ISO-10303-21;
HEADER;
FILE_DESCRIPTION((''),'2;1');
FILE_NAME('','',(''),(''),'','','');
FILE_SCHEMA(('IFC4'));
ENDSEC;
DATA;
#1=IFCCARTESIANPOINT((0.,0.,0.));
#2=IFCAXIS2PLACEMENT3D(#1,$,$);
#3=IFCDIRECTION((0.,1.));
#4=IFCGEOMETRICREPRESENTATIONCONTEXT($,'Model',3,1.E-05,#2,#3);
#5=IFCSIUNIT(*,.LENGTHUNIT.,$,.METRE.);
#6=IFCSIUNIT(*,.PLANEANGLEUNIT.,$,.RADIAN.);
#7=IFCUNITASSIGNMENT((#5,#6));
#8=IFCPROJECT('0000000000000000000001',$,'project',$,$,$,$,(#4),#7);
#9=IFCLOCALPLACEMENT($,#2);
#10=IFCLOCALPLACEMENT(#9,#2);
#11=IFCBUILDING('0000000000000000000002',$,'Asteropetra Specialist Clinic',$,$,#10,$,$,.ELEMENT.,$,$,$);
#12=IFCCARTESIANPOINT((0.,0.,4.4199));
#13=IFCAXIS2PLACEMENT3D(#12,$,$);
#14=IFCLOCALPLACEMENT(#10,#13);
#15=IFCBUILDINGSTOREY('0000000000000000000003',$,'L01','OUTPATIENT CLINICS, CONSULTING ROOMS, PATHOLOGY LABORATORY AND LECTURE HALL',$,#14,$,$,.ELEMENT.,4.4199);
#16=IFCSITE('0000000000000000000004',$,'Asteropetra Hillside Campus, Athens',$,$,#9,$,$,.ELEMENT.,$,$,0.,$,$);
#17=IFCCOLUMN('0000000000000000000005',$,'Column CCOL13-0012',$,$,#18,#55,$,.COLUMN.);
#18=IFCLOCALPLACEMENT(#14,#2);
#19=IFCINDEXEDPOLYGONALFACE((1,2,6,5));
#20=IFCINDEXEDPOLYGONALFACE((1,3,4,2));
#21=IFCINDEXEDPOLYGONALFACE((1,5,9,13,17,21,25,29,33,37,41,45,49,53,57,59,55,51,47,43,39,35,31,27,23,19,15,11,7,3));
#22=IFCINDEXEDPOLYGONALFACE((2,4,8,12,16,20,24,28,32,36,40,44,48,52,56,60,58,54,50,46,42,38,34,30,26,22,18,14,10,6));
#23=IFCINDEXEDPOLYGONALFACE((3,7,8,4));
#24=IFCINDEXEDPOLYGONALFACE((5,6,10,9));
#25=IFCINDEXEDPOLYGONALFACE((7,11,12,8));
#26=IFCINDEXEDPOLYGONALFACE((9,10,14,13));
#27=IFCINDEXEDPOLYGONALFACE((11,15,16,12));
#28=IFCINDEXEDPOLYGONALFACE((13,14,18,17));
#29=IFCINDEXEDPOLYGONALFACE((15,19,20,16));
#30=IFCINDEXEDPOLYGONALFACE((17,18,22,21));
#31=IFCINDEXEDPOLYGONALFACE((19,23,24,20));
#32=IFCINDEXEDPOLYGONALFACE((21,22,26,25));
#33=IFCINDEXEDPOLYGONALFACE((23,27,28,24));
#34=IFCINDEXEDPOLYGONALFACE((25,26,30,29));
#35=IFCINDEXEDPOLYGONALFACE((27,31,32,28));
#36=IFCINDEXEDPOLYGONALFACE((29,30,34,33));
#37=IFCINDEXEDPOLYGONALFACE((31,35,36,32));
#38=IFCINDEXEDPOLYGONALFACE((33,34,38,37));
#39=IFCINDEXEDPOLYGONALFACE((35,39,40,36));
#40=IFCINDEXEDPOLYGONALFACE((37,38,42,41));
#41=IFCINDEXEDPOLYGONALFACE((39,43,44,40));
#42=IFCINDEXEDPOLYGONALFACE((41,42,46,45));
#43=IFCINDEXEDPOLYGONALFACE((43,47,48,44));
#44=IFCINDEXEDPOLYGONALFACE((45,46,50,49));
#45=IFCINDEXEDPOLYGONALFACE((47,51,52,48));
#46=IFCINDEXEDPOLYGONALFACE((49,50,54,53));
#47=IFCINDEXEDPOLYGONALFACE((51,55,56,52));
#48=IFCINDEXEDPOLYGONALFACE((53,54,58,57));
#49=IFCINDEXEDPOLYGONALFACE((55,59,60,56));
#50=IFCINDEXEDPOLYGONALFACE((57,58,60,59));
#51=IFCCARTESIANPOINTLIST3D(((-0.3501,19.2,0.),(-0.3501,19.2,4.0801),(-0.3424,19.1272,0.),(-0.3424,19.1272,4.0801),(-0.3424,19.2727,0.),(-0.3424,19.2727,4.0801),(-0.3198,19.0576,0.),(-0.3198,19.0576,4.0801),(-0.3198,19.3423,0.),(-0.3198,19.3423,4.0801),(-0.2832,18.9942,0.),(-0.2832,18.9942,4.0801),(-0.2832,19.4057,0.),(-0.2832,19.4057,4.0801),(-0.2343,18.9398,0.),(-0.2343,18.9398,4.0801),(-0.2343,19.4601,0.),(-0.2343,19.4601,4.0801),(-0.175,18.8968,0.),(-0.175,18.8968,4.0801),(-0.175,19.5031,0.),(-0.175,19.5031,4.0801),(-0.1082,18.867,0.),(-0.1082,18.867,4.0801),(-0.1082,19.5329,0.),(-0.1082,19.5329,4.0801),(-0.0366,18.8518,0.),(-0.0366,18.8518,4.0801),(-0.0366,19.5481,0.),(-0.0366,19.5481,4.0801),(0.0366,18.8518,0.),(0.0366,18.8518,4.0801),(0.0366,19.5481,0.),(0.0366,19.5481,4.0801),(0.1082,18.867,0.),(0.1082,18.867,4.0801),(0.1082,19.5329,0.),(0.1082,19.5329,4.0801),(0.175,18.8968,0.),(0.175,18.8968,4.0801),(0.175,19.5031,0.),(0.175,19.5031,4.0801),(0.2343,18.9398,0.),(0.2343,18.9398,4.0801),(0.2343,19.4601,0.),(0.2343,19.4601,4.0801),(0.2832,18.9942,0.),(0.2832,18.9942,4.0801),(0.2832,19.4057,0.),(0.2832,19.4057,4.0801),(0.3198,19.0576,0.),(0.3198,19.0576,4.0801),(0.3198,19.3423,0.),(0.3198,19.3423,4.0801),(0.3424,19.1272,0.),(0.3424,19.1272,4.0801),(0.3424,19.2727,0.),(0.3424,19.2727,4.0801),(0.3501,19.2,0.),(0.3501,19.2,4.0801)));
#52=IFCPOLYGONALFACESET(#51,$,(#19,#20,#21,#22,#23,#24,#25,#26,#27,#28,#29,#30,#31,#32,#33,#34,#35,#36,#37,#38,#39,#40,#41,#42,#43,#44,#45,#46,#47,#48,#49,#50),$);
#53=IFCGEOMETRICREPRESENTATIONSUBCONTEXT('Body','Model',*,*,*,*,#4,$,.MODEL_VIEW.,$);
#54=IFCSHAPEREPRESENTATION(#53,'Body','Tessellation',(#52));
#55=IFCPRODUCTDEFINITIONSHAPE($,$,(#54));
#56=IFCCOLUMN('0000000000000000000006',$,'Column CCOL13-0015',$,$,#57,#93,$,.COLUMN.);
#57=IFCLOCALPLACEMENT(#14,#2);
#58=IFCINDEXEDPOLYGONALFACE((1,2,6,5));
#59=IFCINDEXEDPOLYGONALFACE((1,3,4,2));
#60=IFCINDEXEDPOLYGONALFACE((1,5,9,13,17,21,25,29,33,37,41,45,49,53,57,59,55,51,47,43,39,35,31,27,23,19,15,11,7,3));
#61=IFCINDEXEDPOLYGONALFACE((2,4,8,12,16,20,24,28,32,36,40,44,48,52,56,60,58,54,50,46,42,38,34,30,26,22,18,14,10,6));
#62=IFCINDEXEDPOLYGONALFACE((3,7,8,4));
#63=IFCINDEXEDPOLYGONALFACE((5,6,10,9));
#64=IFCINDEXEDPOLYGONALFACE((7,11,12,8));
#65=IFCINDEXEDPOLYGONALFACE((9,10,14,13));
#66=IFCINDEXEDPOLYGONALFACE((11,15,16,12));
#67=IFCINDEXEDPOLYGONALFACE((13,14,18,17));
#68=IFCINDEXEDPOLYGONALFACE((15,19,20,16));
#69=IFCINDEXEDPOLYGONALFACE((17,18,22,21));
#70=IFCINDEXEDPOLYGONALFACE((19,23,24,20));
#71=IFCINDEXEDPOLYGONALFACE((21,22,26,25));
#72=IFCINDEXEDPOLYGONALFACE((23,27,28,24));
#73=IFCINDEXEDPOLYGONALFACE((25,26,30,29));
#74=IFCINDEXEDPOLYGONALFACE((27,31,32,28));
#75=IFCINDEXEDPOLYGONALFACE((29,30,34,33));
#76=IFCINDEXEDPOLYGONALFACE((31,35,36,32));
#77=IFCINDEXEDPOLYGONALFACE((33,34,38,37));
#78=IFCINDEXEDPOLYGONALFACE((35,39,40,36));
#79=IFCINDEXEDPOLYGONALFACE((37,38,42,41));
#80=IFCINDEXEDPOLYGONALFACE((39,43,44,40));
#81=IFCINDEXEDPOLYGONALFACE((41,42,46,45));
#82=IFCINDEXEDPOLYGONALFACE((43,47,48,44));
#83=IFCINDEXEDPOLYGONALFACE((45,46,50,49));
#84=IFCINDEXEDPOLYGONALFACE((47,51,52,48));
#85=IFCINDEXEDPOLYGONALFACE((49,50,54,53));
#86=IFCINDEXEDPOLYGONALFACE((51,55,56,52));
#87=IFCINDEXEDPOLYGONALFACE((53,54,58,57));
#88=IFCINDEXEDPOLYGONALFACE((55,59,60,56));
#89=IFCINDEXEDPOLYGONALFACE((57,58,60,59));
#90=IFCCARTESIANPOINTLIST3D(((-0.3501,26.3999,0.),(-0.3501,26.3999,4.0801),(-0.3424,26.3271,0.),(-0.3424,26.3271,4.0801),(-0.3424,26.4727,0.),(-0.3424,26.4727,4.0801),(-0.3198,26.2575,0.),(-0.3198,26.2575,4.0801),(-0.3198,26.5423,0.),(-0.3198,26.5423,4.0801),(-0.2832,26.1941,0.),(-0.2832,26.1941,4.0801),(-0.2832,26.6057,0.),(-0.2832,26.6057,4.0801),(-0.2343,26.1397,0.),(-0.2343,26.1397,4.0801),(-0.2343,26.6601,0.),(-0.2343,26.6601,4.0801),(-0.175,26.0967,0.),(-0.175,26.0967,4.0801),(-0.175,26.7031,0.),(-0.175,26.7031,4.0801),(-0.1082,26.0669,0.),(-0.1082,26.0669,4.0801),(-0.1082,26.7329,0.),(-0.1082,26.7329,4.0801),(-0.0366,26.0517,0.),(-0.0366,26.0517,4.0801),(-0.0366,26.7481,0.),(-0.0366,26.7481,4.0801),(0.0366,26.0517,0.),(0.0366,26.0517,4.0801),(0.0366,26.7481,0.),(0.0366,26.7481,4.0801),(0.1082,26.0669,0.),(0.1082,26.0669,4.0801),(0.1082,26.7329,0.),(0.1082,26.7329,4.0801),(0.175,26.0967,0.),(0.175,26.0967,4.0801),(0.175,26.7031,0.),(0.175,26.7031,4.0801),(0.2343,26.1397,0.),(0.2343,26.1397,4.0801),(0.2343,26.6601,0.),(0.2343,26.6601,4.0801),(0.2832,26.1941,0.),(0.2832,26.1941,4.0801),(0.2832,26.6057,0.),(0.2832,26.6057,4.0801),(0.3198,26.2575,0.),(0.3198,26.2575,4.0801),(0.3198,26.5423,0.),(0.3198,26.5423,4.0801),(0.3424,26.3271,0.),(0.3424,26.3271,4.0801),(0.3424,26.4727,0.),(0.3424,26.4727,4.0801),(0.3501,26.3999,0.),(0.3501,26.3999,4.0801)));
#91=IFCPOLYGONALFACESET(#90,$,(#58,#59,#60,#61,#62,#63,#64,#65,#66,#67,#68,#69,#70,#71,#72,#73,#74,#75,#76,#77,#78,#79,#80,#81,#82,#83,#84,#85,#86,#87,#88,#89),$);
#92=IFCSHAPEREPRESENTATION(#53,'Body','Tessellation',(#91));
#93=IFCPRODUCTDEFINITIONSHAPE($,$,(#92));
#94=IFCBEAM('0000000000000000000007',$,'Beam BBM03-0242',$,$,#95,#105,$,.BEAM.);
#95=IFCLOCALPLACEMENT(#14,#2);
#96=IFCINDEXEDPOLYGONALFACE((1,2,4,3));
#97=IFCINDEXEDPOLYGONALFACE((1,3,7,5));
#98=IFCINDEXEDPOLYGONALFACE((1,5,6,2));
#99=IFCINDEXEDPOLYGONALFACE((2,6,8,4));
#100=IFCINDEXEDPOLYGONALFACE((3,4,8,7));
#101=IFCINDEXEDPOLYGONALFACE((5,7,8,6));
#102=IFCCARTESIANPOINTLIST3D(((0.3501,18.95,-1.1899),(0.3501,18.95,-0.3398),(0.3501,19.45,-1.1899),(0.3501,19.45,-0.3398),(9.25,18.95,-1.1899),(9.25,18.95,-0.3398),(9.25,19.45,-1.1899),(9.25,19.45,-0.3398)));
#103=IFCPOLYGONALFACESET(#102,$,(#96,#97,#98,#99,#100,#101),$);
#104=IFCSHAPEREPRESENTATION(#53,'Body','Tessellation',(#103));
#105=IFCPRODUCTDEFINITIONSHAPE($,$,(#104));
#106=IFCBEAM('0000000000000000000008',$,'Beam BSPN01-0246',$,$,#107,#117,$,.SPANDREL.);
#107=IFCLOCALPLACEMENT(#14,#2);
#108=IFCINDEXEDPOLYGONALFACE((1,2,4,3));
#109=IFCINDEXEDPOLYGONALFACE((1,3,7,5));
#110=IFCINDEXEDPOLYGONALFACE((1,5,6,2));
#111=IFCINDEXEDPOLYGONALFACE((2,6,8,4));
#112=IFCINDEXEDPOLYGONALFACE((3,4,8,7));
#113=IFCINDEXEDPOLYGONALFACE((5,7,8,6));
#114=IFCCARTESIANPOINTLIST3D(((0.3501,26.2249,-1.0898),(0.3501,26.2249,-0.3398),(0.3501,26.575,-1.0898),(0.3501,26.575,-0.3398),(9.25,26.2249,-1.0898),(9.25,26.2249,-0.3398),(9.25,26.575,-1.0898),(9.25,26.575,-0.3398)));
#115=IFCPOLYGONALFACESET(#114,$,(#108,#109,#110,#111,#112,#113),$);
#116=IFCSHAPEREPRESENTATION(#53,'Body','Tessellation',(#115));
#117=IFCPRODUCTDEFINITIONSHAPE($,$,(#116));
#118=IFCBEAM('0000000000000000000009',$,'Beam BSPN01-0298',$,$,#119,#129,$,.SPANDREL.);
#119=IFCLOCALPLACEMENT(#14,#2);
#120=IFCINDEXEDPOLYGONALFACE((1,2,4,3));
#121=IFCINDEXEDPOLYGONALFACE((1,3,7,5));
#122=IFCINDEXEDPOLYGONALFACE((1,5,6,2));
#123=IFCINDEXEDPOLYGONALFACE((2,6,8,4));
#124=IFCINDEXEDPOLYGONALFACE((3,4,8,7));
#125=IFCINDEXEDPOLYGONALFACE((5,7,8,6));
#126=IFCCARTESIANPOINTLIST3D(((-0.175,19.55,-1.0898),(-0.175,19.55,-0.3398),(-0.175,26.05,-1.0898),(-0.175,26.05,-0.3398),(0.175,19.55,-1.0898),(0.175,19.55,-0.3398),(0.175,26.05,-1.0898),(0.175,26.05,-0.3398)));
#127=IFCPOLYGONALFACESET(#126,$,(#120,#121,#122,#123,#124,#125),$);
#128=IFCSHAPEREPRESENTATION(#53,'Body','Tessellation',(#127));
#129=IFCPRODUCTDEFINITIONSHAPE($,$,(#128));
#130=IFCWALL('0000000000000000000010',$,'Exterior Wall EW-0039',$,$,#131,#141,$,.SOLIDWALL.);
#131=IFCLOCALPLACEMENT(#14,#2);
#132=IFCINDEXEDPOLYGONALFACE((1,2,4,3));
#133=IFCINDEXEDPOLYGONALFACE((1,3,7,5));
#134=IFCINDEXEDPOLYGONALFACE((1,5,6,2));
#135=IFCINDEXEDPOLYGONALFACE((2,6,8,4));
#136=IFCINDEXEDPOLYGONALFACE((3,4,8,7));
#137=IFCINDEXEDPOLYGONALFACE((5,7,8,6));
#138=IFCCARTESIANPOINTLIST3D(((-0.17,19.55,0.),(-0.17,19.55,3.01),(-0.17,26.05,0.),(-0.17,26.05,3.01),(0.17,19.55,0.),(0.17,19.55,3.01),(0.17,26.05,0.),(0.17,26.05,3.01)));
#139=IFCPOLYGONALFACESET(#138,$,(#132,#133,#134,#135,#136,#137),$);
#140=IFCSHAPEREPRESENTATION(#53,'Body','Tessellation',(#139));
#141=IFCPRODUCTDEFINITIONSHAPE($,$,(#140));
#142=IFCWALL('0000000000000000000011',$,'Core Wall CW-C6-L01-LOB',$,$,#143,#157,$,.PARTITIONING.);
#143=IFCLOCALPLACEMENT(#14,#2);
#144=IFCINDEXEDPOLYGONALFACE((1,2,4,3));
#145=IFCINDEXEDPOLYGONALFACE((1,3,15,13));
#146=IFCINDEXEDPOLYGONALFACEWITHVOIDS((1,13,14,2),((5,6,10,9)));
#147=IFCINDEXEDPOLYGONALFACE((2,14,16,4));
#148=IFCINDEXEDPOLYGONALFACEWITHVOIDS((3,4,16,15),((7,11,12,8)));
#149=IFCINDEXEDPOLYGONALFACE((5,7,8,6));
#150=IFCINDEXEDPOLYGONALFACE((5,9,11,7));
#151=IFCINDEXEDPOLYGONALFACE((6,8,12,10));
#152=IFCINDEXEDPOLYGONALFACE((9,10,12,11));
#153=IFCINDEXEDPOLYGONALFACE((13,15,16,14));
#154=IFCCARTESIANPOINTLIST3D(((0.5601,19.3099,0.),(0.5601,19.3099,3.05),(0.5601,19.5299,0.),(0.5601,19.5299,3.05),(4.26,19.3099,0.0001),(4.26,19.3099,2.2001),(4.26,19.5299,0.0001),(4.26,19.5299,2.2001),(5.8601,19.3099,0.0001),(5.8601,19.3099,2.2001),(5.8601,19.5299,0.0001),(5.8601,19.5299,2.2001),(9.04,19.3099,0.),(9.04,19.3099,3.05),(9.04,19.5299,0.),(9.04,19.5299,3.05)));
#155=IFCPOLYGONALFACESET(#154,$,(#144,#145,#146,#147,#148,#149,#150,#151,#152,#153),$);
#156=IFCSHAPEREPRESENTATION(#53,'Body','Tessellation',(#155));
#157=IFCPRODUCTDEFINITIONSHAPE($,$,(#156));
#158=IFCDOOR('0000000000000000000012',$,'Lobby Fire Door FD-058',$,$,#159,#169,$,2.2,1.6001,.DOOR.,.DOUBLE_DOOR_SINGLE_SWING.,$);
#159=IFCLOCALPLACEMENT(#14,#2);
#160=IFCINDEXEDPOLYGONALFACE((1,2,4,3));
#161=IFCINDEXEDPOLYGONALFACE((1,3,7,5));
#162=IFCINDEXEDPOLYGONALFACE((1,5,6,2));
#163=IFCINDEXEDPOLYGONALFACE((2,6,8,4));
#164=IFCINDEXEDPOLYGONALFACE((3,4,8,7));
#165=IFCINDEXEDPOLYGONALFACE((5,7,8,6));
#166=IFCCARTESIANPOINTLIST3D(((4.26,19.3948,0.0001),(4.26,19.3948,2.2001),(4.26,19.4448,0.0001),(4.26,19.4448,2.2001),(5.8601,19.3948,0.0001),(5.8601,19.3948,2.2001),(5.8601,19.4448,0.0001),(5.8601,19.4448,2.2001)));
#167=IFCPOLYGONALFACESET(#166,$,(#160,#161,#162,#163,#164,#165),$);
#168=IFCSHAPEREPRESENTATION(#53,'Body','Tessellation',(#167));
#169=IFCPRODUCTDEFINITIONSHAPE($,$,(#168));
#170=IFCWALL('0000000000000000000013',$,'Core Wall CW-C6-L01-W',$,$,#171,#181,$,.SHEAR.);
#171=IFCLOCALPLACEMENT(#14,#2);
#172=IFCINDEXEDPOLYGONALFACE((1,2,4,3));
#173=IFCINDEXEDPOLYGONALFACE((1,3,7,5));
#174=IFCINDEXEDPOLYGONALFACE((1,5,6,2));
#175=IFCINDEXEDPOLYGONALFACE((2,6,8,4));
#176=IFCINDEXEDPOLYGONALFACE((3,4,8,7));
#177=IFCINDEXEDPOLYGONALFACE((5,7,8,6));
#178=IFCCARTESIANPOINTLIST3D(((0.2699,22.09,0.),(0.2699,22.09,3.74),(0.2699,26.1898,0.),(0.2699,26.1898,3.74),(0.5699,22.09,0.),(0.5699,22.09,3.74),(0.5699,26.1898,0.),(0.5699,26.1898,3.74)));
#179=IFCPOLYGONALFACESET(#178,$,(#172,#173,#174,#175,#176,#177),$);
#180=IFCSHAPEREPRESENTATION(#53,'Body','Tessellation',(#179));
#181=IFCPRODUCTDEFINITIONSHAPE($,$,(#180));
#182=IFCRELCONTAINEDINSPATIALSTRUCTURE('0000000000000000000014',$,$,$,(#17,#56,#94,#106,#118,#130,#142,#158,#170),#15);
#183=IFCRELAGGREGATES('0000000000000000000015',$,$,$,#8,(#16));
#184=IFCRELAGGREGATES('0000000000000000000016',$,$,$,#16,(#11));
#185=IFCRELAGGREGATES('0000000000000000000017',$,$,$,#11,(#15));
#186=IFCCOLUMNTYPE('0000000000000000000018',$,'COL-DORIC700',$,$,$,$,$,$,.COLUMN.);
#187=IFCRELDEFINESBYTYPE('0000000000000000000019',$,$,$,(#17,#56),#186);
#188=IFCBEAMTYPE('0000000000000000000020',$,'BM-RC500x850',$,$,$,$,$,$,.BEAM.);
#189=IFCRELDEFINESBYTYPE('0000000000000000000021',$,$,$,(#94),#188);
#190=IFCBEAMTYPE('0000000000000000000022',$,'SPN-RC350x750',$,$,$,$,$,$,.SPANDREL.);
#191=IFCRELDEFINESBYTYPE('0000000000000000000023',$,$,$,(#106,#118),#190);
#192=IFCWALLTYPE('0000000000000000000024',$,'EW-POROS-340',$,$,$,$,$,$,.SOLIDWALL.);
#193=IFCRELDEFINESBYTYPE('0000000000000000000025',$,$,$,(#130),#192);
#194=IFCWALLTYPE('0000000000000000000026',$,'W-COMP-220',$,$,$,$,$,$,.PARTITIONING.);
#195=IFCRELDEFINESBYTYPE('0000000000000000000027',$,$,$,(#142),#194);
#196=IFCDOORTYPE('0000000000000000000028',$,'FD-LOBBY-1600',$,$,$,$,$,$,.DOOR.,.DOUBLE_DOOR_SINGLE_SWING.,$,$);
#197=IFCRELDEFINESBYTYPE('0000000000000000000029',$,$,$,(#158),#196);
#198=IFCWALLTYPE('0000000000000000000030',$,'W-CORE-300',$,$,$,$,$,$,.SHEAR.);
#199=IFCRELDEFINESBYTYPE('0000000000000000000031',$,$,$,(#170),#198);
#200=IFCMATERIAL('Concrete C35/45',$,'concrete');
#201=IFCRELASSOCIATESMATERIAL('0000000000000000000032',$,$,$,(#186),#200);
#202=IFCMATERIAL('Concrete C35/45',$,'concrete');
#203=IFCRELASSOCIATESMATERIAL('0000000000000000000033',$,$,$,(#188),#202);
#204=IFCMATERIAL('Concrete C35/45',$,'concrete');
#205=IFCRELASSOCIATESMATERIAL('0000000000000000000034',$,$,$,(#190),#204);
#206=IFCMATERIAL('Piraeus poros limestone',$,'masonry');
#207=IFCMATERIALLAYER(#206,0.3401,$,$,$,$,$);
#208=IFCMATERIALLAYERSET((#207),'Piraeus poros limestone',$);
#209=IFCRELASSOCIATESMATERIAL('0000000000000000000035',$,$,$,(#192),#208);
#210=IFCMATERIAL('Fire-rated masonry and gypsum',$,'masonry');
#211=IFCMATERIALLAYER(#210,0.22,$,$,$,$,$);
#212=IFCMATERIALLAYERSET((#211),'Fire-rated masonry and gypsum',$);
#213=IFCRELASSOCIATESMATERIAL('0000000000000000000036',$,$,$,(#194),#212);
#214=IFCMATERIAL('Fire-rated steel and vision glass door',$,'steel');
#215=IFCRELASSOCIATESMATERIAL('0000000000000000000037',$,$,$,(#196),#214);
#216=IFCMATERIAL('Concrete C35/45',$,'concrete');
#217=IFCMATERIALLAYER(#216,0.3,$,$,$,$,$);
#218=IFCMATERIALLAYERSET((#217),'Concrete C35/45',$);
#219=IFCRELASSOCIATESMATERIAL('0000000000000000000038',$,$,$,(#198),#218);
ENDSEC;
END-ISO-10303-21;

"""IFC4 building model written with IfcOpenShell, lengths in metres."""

from ifc_helpers import new_model, si_unit, direction, frame, frame_2d, origin, origin_2d, place, context, subcontext, project, spatial, rectangle, circle, extrude, material, layer, layer_set, material_profile, profile_set, type_object, element, fill, save


model = new_model("IFC4")

# Units and contexts
model_context = context("Model", 3, precision=1e-05, world=origin(), true_north=direction((0.0, 1.0)))
body_context = subcontext(model_context, "Body", "Model", "MODEL_VIEW")
ifc_project = project(units=[si_unit("LENGTHUNIT", "METRE"), si_unit("PLANEANGLEUNIT", "RADIAN")], contexts=[model_context])

# Site, building, storey
site_placement = place(None, origin())
site = spatial("IfcSite", under=ifc_project, at=site_placement, Name="Asteropetra Hillside Campus, Athens", CompositionType="ELEMENT", RefElevation=0.0)
building_placement = place(site_placement, origin())
building = spatial("IfcBuilding", under=site, at=building_placement, Name="Asteropetra Specialist Clinic", CompositionType="ELEMENT")
storey_placement = place(building_placement, frame((0.0, 0.0, 4.4199)))
storey = spatial("IfcBuildingStorey", under=building, at=storey_placement, Name="L01", Description="OUTPATIENT CLINICS, CONSULTING ROOMS, PATHOLOGY LABORATORY AND LECTURE HALL", CompositionType="ELEMENT", Elevation=4.4199)

# Columns
ifc_material_1 = material(Name="Concrete C35/45", Category="concrete")
ifc_material_profile_1 = material_profile(ifc_material_1, circle(Radius=0.3501, at=origin_2d()), Name="RCC D700")
ifc_profile_set_1 = profile_set([ifc_material_profile_1], Name="Concrete C35/45")
column_type = type_object("IfcColumnType", Name="COL-DORIC700", PredefinedType="COLUMN", material=ifc_profile_set_1)
for number, where, z_axis, x_axis, name in (
    (1, (0.0, 19.2, 0.0), (0.0, 0.0, 1.0), (1.0, 0.0, 0.0), "Column CCOL13-0012"),
    (2, (0.0, 26.3999, 0.0), (0.0, 0.0, 1.0), (1.0, 0.0, 0.0), "Column CCOL13-0015"),
):
    element("IfcColumn", number, at=place(storey_placement, frame(where, z_axis=z_axis, x_axis=x_axis)), inside=storey, type_object=column_type, Name=name, PredefinedType="COLUMN", context=body_context, shape_type="SweptSolid", body=[
        extrude(circle(Radius=0.3501, at=origin_2d()), origin(), (0.0, 0.0, 1.0), 4.0801),
    ])

# Beams
ifc_material_2 = material(Name="Concrete C35/45", Category="concrete")
ifc_material_profile_2 = material_profile(ifc_material_2, rectangle(XDim=0.5, YDim=0.8501, at=origin_2d()), Name="RCB 500x850")
ifc_profile_set_2 = profile_set([ifc_material_profile_2], Name="Concrete C35/45")
beam_type_1 = type_object("IfcBeamType", Name="BM-RC500x850", PredefinedType="BEAM", material=ifc_profile_set_2)
beam_1_placement = place(storey_placement, frame((0.3501, 19.2, -0.7649), z_axis=(1.0, 0.0, 0.0), x_axis=(0.0, 1.0, 0.0)))
element("IfcBeam", 3, at=beam_1_placement, inside=storey, type_object=beam_type_1, Name="Beam BBM03-0242", PredefinedType="BEAM", context=body_context, shape_type="SweptSolid", body=[
    extrude(rectangle(XDim=0.5, YDim=0.8501, at=origin_2d()), origin(), (0.0, 0.0, 1.0), 8.8999),
])
ifc_material_3 = material(Name="Concrete C35/45", Category="concrete")
ifc_material_profile_3 = material_profile(ifc_material_3, rectangle(XDim=0.3501, YDim=0.75, at=origin_2d()), Name="RCS 350x750")
ifc_profile_set_3 = profile_set([ifc_material_profile_3], Name="Concrete C35/45")
beam_type_2 = type_object("IfcBeamType", Name="SPN-RC350x750", PredefinedType="SPANDREL", material=ifc_profile_set_3)
beam_2_placement = place(storey_placement, frame((0.3501, 26.3999, -0.7148), z_axis=(1.0, 0.0, 0.0), x_axis=(0.0, 1.0, 0.0)))
element("IfcBeam", 4, at=beam_2_placement, inside=storey, type_object=beam_type_2, Name="Beam BSPN01-0246", PredefinedType="SPANDREL", context=body_context, shape_type="SweptSolid", body=[
    extrude(rectangle(XDim=0.3501, YDim=0.75, at=origin_2d()), origin(), (0.0, 0.0, 1.0), 8.8999),
])
beam_3_placement = place(storey_placement, frame((0.0, 19.55, -0.7148), z_axis=(0.0, 1.0, 0.0), x_axis=(-1.0, 0.0, 0.0)))
element("IfcBeam", 5, at=beam_3_placement, inside=storey, type_object=beam_type_2, Name="Beam BSPN01-0298", PredefinedType="SPANDREL", context=body_context, shape_type="SweptSolid", body=[
    extrude(rectangle(XDim=0.3501, YDim=0.75, at=origin_2d()), origin(), (0.0, 0.0, 1.0), 6.5),
])

# Wall
ifc_material_4 = material(Name="Piraeus poros limestone", Category="masonry")
ifc_layer_1 = layer(ifc_material_4, 0.3401)
ifc_layer_set_1 = layer_set([ifc_layer_1], Name="Piraeus poros limestone")
wall_type_1 = type_object("IfcWallType", Name="EW-POROS-340", PredefinedType="SOLIDWALL", material=ifc_layer_set_1)
wall_1_placement = place(storey_placement, frame((0.0, 26.05, 0.0), z_axis=(0.0, 0.0, 1.0), x_axis=(0.0, -1.0, 0.0)))
element("IfcWall", 6, at=wall_1_placement, inside=storey, type_object=wall_type_1, Name="Exterior Wall EW-0039", PredefinedType="SOLIDWALL", context=body_context, shape_type="SweptSolid", body=[
    extrude(rectangle(XDim=6.5, YDim=0.3401, at=frame_2d((3.25, 0.0))), origin(), (0.0, 0.0, 1.0), 3.01),
])

# Wall, opening, door
ifc_material_5 = material(Name="Fire-rated masonry and gypsum", Category="masonry")
ifc_layer_2 = layer(ifc_material_5, 0.22)
ifc_layer_set_2 = layer_set([ifc_layer_2], Name="Fire-rated masonry and gypsum")
wall_type_2 = type_object("IfcWallType", Name="W-COMP-220", PredefinedType="PARTITIONING", material=ifc_layer_set_2)
wall_2_placement = place(storey_placement, frame((0.5601, 19.4199, 0.0), z_axis=(0.0, 0.0, 1.0), x_axis=(1.0, 0.0, 0.0)))
wall_2 = element("IfcWall", 7, at=wall_2_placement, inside=storey, type_object=wall_type_2, Name="Core Wall CW-C6-L01-LOB", PredefinedType="PARTITIONING", context=body_context, shape_type="SweptSolid", body=[
    extrude(rectangle(XDim=8.48, YDim=0.22, at=frame_2d((4.24, 0.0))), origin(), (0.0, 0.0, 1.0), 3.05),
])
opening_1_placement = place(wall_2_placement, frame((3.7, 0.0, 0.0)))
opening_1 = element("IfcOpeningElement", 8, at=opening_1_placement, cuts=wall_2, PredefinedType="OPENING", context=body_context, shape_type="SweptSolid", body=[
    extrude(rectangle(XDim=1.6001, YDim=2.2, at=frame_2d((0.8, 1.1001))), frame((0.0, 0.1199, 0.0), z_axis=(0.0, -1.0, 0.0), x_axis=(1.0, 0.0, 0.0)), (0.0, 0.0, 1.0), 0.24),
])
ifc_material_6 = material(Name="Fire-rated steel and vision glass door", Category="steel")
door_type_1 = type_object("IfcDoorType", Name="FD-LOBBY-1600", OperationType="DOUBLE_DOOR_SINGLE_SWING", PredefinedType="DOOR", material=ifc_material_6)
door_1_placement = place(opening_1_placement, origin())
door_1 = element("IfcDoor", 9, at=door_1_placement, inside=storey, type_object=door_type_1, Name="Lobby Fire Door FD-058", OperationType="DOUBLE_DOOR_SINGLE_SWING", OverallHeight=2.2, OverallWidth=1.6001, PredefinedType="DOOR", context=body_context, shape_type="SweptSolid", body=[
    extrude(rectangle(XDim=1.6001, YDim=2.2, at=frame_2d((0.8, 1.1001))), frame((0.0, 0.0249, 0.0), z_axis=(0.0, -1.0, 0.0), x_axis=(1.0, 0.0, 0.0)), (0.0, 0.0, 1.0), 0.05),
])
fill(opening_1, door_1)

# Wall
ifc_material_7 = material(Name="Concrete C35/45", Category="concrete")
ifc_layer_3 = layer(ifc_material_7, 0.3)
ifc_layer_set_3 = layer_set([ifc_layer_3], Name="Concrete C35/45")
wall_type_3 = type_object("IfcWallType", Name="W-CORE-300", PredefinedType="SHEAR", material=ifc_layer_set_3)
for number, where, z_axis, x_axis, name in (
    (10, (0.4199, 22.0901, 0.0), (0.0, 0.0, 1.0), (0.0, 1.0, 0.0), "Core Wall CW-C6-L01-W"),
):
    element("IfcWall", number, at=place(storey_placement, frame(where, z_axis=z_axis, x_axis=x_axis)), inside=storey, type_object=wall_type_3, Name=name, PredefinedType="SHEAR", context=body_context, shape_type="SweptSolid", body=[
        extrude(rectangle(XDim=4.0999, YDim=0.3, at=frame_2d((2.0498, 0.0))), origin(), (0.0, 0.0, 1.0), 3.74),
    ])

save(model, "model.ifc")
